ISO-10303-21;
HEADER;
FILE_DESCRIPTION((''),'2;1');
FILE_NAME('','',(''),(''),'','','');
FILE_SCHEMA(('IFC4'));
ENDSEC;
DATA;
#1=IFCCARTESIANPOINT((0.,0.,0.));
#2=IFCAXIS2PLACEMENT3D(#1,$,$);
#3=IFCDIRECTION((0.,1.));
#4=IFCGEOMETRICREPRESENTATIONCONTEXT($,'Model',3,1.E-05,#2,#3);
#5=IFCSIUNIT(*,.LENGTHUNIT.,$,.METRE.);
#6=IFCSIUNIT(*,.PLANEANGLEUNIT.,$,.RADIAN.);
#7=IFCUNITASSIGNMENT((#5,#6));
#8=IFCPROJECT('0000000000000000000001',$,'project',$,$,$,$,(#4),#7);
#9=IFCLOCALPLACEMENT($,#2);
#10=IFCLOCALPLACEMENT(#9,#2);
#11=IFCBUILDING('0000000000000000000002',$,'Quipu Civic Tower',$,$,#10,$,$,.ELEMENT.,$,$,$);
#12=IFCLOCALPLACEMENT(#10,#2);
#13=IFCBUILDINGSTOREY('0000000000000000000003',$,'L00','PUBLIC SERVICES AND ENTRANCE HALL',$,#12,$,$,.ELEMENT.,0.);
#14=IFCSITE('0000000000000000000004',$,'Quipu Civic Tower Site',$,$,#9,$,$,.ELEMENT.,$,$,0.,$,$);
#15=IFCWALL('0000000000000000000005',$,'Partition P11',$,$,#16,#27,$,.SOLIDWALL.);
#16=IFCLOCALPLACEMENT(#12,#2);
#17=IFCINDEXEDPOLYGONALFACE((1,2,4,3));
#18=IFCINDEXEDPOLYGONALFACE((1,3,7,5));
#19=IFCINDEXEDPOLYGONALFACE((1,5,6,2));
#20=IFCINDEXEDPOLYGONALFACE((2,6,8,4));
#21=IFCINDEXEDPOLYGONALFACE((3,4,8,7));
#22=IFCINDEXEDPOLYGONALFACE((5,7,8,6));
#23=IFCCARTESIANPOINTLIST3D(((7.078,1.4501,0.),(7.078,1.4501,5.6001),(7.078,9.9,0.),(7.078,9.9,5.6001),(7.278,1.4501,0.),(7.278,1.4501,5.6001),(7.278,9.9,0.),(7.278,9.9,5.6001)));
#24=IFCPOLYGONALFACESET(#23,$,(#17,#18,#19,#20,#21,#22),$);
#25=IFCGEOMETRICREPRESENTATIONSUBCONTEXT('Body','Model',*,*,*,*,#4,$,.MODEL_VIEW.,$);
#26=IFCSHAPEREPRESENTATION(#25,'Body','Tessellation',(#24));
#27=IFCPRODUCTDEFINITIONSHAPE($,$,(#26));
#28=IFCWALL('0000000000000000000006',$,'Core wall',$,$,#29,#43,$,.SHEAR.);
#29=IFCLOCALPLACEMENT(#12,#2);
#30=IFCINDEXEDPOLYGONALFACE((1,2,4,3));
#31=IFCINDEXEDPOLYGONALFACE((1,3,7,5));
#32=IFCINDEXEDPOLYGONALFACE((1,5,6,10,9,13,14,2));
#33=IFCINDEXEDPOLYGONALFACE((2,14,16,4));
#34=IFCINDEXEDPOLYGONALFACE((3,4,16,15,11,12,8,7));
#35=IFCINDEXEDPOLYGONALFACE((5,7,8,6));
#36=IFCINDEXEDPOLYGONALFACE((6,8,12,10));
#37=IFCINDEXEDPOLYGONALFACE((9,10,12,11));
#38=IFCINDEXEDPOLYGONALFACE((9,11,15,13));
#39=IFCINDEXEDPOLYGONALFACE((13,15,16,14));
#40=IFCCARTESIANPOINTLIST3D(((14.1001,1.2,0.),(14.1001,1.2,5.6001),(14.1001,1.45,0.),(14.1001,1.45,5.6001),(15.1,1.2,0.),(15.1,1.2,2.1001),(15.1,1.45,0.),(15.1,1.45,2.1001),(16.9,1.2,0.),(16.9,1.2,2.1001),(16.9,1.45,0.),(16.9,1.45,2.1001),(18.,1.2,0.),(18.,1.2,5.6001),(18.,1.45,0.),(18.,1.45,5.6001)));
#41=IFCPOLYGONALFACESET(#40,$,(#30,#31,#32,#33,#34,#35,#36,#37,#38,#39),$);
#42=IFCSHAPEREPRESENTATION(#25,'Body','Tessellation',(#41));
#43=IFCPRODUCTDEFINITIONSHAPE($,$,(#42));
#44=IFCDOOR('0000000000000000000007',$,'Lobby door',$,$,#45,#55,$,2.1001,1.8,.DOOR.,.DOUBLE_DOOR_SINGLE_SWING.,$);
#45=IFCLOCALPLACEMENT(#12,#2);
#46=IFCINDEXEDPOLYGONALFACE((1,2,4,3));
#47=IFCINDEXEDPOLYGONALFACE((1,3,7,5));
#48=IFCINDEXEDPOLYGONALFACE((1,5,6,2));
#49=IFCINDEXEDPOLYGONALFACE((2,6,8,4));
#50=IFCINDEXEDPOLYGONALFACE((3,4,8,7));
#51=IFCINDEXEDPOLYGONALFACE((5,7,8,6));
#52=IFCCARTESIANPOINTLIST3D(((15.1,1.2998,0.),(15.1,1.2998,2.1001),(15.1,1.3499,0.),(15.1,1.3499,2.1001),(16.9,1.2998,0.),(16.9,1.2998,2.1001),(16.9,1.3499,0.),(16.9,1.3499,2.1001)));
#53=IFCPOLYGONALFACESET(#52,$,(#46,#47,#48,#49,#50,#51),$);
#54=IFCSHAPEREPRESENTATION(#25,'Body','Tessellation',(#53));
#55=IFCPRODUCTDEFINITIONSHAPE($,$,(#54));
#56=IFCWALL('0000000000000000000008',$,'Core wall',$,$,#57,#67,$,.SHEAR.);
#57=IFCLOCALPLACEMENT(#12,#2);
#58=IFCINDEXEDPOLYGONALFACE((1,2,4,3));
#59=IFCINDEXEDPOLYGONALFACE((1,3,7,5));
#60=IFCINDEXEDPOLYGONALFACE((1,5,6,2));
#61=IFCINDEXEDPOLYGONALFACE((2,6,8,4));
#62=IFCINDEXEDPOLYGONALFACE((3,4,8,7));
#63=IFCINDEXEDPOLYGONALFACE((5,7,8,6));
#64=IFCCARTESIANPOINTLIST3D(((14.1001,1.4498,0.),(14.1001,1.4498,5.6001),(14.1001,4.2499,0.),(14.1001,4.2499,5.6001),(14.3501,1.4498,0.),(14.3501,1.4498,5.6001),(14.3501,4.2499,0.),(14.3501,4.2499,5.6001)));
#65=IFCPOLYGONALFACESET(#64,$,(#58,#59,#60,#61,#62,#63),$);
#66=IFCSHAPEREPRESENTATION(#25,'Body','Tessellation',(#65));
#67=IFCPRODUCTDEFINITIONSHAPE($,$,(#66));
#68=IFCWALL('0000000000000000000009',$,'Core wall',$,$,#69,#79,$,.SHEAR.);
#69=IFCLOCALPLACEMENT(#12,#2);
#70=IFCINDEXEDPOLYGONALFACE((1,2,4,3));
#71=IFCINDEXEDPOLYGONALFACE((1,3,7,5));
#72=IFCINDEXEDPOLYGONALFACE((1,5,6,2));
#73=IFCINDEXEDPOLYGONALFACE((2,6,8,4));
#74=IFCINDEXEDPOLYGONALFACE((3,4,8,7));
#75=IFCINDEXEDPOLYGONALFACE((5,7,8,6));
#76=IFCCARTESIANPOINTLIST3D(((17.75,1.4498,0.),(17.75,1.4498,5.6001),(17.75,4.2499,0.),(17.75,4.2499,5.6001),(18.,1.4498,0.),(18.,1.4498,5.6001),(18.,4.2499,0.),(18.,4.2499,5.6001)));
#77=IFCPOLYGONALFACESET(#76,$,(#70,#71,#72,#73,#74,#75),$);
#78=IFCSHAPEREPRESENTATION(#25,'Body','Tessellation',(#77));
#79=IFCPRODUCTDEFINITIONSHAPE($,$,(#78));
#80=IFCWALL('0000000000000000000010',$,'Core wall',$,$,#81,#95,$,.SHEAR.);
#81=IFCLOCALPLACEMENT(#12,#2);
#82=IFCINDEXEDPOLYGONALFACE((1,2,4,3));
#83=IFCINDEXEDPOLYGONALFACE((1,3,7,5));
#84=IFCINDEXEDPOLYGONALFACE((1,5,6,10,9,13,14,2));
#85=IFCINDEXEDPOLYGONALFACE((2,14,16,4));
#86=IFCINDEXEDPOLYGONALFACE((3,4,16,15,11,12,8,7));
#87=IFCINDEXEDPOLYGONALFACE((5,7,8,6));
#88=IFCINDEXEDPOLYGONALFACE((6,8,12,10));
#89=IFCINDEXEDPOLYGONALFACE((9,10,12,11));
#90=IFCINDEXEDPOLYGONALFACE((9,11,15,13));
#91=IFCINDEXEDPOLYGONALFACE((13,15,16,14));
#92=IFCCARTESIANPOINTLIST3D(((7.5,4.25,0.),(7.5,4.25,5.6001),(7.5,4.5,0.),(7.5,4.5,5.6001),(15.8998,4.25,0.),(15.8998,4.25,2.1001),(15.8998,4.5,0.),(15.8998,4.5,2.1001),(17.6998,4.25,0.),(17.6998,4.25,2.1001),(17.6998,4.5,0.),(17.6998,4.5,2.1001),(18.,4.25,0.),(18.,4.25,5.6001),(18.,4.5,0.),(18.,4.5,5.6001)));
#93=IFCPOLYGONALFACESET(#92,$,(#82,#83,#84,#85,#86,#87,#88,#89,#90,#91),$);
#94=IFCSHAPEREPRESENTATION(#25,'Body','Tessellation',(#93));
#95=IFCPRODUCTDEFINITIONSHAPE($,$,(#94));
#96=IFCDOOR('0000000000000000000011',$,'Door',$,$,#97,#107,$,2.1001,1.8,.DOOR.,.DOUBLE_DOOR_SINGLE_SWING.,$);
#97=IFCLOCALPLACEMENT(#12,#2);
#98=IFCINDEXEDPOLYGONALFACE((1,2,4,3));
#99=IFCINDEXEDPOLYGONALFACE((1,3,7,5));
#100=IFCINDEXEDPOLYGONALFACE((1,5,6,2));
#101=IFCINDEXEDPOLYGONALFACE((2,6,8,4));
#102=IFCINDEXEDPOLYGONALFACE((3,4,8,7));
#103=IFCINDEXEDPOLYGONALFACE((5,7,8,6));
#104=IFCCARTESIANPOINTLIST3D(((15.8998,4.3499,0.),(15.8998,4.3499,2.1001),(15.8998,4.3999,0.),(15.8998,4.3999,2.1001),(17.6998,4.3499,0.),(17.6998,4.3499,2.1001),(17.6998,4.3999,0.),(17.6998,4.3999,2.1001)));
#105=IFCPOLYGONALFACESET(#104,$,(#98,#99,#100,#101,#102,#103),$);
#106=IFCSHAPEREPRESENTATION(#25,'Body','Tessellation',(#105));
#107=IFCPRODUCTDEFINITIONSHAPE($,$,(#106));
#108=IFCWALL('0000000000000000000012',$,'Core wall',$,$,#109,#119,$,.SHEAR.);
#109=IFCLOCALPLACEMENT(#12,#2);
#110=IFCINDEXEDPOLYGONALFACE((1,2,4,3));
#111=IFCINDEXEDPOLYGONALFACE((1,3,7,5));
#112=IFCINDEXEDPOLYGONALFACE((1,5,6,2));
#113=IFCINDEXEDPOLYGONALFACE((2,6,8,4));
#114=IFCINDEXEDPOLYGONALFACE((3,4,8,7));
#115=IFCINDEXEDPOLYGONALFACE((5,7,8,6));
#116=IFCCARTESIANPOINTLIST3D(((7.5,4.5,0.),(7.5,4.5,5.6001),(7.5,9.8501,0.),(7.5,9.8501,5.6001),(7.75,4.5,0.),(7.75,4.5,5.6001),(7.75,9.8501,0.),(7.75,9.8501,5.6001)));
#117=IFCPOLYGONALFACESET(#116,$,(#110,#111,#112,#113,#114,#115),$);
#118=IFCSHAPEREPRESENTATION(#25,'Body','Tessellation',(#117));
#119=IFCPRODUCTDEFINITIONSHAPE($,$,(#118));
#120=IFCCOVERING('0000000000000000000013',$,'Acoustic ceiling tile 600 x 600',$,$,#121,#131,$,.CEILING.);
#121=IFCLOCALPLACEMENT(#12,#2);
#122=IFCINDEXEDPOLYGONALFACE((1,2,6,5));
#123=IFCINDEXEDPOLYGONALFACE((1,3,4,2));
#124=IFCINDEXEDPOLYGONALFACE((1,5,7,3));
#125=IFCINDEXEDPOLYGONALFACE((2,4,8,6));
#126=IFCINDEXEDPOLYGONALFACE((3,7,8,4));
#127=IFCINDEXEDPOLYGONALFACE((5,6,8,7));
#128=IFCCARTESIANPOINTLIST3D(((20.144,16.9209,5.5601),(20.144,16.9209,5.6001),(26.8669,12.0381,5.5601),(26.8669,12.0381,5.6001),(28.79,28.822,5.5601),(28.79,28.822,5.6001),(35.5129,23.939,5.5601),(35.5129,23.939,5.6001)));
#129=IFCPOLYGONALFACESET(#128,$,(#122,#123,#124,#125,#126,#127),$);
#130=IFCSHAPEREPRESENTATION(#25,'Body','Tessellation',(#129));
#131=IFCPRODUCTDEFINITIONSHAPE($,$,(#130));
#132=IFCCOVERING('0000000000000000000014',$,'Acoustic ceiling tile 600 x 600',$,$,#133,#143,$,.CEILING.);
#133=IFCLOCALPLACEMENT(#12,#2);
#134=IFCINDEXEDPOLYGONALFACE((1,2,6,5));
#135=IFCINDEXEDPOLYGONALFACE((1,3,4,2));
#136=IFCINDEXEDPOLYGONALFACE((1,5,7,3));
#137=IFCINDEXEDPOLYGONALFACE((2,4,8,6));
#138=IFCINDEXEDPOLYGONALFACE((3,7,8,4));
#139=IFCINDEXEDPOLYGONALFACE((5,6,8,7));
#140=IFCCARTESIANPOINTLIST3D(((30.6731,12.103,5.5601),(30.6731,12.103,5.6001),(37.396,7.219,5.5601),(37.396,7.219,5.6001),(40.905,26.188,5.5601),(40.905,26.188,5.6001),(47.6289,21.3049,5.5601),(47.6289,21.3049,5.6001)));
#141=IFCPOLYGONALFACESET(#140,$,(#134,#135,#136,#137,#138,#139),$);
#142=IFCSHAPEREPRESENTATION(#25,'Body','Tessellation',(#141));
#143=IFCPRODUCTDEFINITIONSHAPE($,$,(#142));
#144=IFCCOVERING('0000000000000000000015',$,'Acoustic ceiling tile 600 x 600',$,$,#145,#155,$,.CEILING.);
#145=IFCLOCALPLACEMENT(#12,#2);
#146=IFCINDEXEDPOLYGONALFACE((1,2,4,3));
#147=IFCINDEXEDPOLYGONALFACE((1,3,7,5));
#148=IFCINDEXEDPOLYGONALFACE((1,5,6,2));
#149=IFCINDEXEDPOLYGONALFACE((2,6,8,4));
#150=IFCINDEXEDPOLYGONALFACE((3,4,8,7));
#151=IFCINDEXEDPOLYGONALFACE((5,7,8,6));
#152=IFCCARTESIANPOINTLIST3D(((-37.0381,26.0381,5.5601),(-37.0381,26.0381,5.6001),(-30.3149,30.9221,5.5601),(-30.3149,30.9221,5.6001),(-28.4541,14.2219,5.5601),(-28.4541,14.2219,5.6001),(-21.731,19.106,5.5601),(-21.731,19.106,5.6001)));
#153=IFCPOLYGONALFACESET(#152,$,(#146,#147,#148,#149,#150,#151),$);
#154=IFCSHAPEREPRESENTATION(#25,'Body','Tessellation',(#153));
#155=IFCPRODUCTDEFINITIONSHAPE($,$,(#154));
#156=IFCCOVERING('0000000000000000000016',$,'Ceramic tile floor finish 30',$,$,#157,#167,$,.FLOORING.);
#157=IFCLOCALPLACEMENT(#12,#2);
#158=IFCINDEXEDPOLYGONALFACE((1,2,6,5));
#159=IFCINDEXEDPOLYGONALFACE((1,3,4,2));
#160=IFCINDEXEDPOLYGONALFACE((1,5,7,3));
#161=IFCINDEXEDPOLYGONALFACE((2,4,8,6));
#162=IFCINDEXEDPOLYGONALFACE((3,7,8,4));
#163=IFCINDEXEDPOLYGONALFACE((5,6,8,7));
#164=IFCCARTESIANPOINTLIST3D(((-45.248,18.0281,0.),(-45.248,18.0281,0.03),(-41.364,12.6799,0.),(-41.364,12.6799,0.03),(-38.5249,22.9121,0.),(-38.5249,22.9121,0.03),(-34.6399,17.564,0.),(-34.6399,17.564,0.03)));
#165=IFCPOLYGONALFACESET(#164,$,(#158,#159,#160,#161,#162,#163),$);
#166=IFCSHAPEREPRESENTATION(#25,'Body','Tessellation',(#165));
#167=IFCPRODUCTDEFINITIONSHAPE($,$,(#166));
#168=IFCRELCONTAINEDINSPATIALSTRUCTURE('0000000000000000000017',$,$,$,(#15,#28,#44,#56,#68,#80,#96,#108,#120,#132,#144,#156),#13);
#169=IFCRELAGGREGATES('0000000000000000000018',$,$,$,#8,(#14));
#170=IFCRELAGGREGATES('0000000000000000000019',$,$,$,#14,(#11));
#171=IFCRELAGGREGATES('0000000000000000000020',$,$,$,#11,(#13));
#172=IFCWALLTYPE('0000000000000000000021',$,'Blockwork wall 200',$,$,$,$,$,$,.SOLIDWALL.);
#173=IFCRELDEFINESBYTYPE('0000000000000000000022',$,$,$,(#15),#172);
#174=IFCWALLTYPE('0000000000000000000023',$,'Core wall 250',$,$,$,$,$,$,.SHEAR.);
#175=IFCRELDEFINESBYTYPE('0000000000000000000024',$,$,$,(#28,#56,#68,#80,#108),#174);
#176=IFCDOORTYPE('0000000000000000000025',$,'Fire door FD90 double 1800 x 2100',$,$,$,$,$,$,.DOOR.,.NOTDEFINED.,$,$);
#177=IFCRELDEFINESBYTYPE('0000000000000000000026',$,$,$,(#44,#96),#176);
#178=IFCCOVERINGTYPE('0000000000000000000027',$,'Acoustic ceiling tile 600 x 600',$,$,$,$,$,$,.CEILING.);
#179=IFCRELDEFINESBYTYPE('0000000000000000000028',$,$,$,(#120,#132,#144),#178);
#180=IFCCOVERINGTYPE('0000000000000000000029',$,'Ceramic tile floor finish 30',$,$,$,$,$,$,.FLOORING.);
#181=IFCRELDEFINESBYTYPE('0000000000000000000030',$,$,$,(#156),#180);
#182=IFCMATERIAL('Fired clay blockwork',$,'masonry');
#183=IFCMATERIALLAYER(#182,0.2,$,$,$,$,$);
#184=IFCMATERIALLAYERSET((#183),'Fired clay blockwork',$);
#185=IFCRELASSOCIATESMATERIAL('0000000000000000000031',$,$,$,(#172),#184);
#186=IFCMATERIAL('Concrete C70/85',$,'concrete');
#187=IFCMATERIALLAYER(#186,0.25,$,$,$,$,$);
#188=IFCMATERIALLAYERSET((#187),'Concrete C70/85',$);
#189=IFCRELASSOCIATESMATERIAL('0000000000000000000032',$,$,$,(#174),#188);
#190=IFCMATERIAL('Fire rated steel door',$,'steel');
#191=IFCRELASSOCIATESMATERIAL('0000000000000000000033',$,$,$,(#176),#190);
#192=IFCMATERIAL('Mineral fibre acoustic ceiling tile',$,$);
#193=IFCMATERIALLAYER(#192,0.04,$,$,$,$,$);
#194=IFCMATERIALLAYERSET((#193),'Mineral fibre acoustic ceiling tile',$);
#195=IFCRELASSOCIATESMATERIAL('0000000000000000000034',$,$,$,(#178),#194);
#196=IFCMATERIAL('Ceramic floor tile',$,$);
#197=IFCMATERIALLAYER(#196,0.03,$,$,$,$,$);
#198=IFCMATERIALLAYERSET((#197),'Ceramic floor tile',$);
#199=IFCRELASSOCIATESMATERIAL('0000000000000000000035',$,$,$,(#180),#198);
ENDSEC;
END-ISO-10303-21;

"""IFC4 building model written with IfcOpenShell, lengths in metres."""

from ifc_helpers import new_model, si_unit, direction, frame, frame_2d, origin, place, context, subcontext, project, spatial, polyline, rectangle, outline, extrude, material, layer, layer_set, type_object, element, fill, save


model = new_model("IFC4")

# Units and contexts
model_context = context("Model", 3, precision=1e-05, world=origin(), true_north=direction((0.0, 1.0)))
body_context = subcontext(model_context, "Body", "Model", "MODEL_VIEW")
ifc_project = project(units=[si_unit("LENGTHUNIT", "METRE"), si_unit("PLANEANGLEUNIT", "RADIAN")], contexts=[model_context])

# Site, building, storey
site_placement = place(None, origin())
site = spatial("IfcSite", under=ifc_project, at=site_placement, Name="Quipu Civic Tower Site", CompositionType="ELEMENT", RefElevation=0.0)
building_placement = place(site_placement, origin())
building = spatial("IfcBuilding", under=site, at=building_placement, Name="Quipu Civic Tower", CompositionType="ELEMENT")
storey_placement = place(building_placement, origin())
storey = spatial("IfcBuildingStorey", under=building, at=storey_placement, Name="L00", Description="PUBLIC SERVICES AND ENTRANCE HALL", CompositionType="ELEMENT", Elevation=0.0)

# Wall
ifc_material_1 = material(Name="Fired clay blockwork", Category="masonry")
ifc_layer_1 = layer(ifc_material_1, 0.2)
ifc_layer_set_1 = layer_set([ifc_layer_1], Name="Fired clay blockwork")
wall_type_1 = type_object("IfcWallType", Name="Blockwork wall 200", PredefinedType="SOLIDWALL", material=ifc_layer_set_1)
wall_1_placement = place(storey_placement, frame((7.178, 1.45, 0.0), z_axis=(0.0, 0.0, 1.0), x_axis=(0.0, 1.0, 0.0)))
element("IfcWall", 1, at=wall_1_placement, inside=storey, type_object=wall_type_1, Name="Partition P11", PredefinedType="SOLIDWALL", context=body_context, shape_type="SweptSolid", body=[
    extrude(rectangle(XDim=8.45, YDim=0.2, at=frame_2d((4.2251, 0.0))), origin(), (0.0, 0.0, 1.0), 5.6001),
])

# Wall, opening, door
ifc_material_2 = material(Name="Concrete C70/85", Category="concrete")
ifc_layer_2 = layer(ifc_material_2, 0.25)
ifc_layer_set_2 = layer_set([ifc_layer_2], Name="Concrete C70/85")
wall_type_2 = type_object("IfcWallType", Name="Core wall 250", PredefinedType="SHEAR", material=ifc_layer_set_2)
wall_2_placement = place(storey_placement, frame((14.1001, 1.325, 0.0), z_axis=(0.0, 0.0, 1.0), x_axis=(1.0, 0.0, 0.0)))
wall_2 = element("IfcWall", 2, at=wall_2_placement, inside=storey, type_object=wall_type_2, Name="Core wall", PredefinedType="SHEAR", context=body_context, shape_type="SweptSolid", body=[
    extrude(rectangle(XDim=3.8999, YDim=0.25, at=frame_2d((1.95, 0.0))), origin(), (0.0, 0.0, 1.0), 5.6001),
])
opening_1_placement = place(wall_2_placement, frame((1.0, 0.0, 0.0)))
opening_1 = element("IfcOpeningElement", 3, at=opening_1_placement, cuts=wall_2, PredefinedType="OPENING", context=body_context, shape_type="SweptSolid", body=[
    extrude(rectangle(XDim=1.8, YDim=2.1001, at=frame_2d((0.8999, 1.05))), frame((0.0, 0.135, 0.0), z_axis=(0.0, -1.0, 0.0), x_axis=(1.0, 0.0, 0.0)), (0.0, 0.0, 1.0), 0.27),
])
ifc_material_3 = material(Name="Fire rated steel door", Category="steel")
door_type = type_object("IfcDoorType", Name="Fire door FD90 double 1800 x 2100", OperationType="NOTDEFINED", PredefinedType="DOOR", material=ifc_material_3)
door_1_placement = place(opening_1_placement, origin())
door_1 = element("IfcDoor", 4, at=door_1_placement, inside=storey, type_object=door_type, Name="Lobby door", OperationType="DOUBLE_DOOR_SINGLE_SWING", OverallHeight=2.1001, OverallWidth=1.8, PredefinedType="DOOR", context=body_context, shape_type="SweptSolid", body=[
    extrude(rectangle(XDim=1.8, YDim=2.1001, at=frame_2d((0.8999, 1.05))), frame((0.0, 0.0249, 0.0), z_axis=(0.0, -1.0, 0.0), x_axis=(1.0, 0.0, 0.0)), (0.0, 0.0, 1.0), 0.05),
])
fill(opening_1, door_1)

# Walls
for number, where, z_axis, x_axis, name in (
    (5, (14.2251, 1.45, 0.0), (0.0, 0.0, 1.0), (0.0, 1.0, 0.0), "Core wall"),
    (6, (17.875, 1.45, 0.0), (0.0, 0.0, 1.0), (0.0, 1.0, 0.0), "Core wall"),
):
    element("IfcWall", number, at=place(storey_placement, frame(where, z_axis=z_axis, x_axis=x_axis)), inside=storey, type_object=wall_type_2, Name=name, PredefinedType="SHEAR", context=body_context, shape_type="SweptSolid", body=[
        extrude(rectangle(XDim=2.8, YDim=0.25, at=frame_2d((1.3999, 0.0))), origin(), (0.0, 0.0, 1.0), 5.6001),
    ])

# Wall, opening, door
wall_3_placement = place(storey_placement, frame((7.5, 4.375, 0.0), z_axis=(0.0, 0.0, 1.0), x_axis=(1.0, 0.0, 0.0)))
wall_3 = element("IfcWall", 7, at=wall_3_placement, inside=storey, type_object=wall_type_2, Name="Core wall", PredefinedType="SHEAR", context=body_context, shape_type="SweptSolid", body=[
    extrude(rectangle(XDim=10.5, YDim=0.25, at=frame_2d((5.25, 0.0))), origin(), (0.0, 0.0, 1.0), 5.6001),
])
opening_2_placement = place(wall_3_placement, frame((8.3999, 0.0, 0.0)))
opening_2 = element("IfcOpeningElement", 8, at=opening_2_placement, cuts=wall_3, PredefinedType="OPENING", context=body_context, shape_type="SweptSolid", body=[
    extrude(rectangle(XDim=1.8, YDim=2.1001, at=frame_2d((0.8999, 1.05))), frame((0.0, 0.135, 0.0), z_axis=(0.0, -1.0, 0.0), x_axis=(1.0, 0.0, 0.0)), (0.0, 0.0, 1.0), 0.27),
])
door_2_placement = place(opening_2_placement, origin())
door_2 = element("IfcDoor", 9, at=door_2_placement, inside=storey, type_object=door_type, Name="Door", OperationType="DOUBLE_DOOR_SINGLE_SWING", OverallHeight=2.1001, OverallWidth=1.8, PredefinedType="DOOR", context=body_context, shape_type="SweptSolid", body=[
    extrude(rectangle(XDim=1.8, YDim=2.1001, at=frame_2d((0.8999, 1.05))), frame((0.0, 0.0249, 0.0), z_axis=(0.0, -1.0, 0.0), x_axis=(1.0, 0.0, 0.0)), (0.0, 0.0, 1.0), 0.05),
])
fill(opening_2, door_2)

# Wall
wall_4_placement = place(storey_placement, frame((7.625, 4.5, 0.0), z_axis=(0.0, 0.0, 1.0), x_axis=(0.0, 1.0, 0.0)))
element("IfcWall", 10, at=wall_4_placement, inside=storey, type_object=wall_type_2, Name="Core wall", PredefinedType="SHEAR", context=body_context, shape_type="SweptSolid", body=[
    extrude(rectangle(XDim=5.3501, YDim=0.25, at=frame_2d((2.675, 0.0))), origin(), (0.0, 0.0, 1.0), 5.6001),
])

# Coverings
ifc_material_4 = material(Name="Mineral fibre acoustic ceiling tile")
ifc_layer_3 = layer(ifc_material_4, 0.04)
ifc_layer_set_3 = layer_set([ifc_layer_3], Name="Mineral fibre acoustic ceiling tile")
covering_type_1 = type_object("IfcCoveringType", Name="Acoustic ceiling tile 600 x 600", PredefinedType="CEILING", material=ifc_layer_set_3)
covering_1_placement = place(storey_placement, frame((0.0, 0.0, 5.5601)))
element("IfcCovering", 11, at=covering_1_placement, inside=storey, type_object=covering_type_1, Name="Acoustic ceiling tile 600 x 600", PredefinedType="CEILING", context=body_context, shape_type="SweptSolid", body=[
    extrude(outline(polyline([(20.144, 16.9209), (28.79, 28.822), (35.5129, 23.939), (26.8669, 12.0381), (20.144, 16.9209)])), origin(), (0.0, 0.0, 1.0), 0.04),
])
covering_2_placement = place(storey_placement, frame((0.0, 0.0, 5.5601)))
element("IfcCovering", 12, at=covering_2_placement, inside=storey, type_object=covering_type_1, Name="Acoustic ceiling tile 600 x 600", PredefinedType="CEILING", context=body_context, shape_type="SweptSolid", body=[
    extrude(outline(polyline([(30.6731, 12.103), (40.905, 26.188), (47.6289, 21.3049), (37.396, 7.219), (30.6731, 12.103)])), origin(), (0.0, 0.0, 1.0), 0.04),
])
covering_3_placement = place(storey_placement, frame((0.0, 0.0, 5.5601)))
element("IfcCovering", 13, at=covering_3_placement, inside=storey, type_object=covering_type_1, Name="Acoustic ceiling tile 600 x 600", PredefinedType="CEILING", context=body_context, shape_type="SweptSolid", body=[
    extrude(outline(polyline([(-37.0381, 26.0381), (-30.3149, 30.9221), (-21.731, 19.106), (-28.4541, 14.2219), (-37.0381, 26.0381)])), origin(), (0.0, 0.0, 1.0), 0.04),
])
ifc_material_5 = material(Name="Ceramic floor tile")
ifc_layer_4 = layer(ifc_material_5, 0.03)
ifc_layer_set_4 = layer_set([ifc_layer_4], Name="Ceramic floor tile")
covering_type_2 = type_object("IfcCoveringType", Name="Ceramic tile floor finish 30", PredefinedType="FLOORING", material=ifc_layer_set_4)
covering_4_placement = place(storey_placement, origin())
element("IfcCovering", 14, at=covering_4_placement, inside=storey, type_object=covering_type_2, Name="Ceramic tile floor finish 30", PredefinedType="FLOORING", context=body_context, shape_type="SweptSolid", body=[
    extrude(outline(polyline([(-45.248, 18.0281), (-38.5249, 22.9121), (-34.6399, 17.564), (-41.364, 12.6799), (-45.248, 18.0281)])), origin(), (0.0, 0.0, 1.0), 0.03),
])

save(model, "model.ifc")
